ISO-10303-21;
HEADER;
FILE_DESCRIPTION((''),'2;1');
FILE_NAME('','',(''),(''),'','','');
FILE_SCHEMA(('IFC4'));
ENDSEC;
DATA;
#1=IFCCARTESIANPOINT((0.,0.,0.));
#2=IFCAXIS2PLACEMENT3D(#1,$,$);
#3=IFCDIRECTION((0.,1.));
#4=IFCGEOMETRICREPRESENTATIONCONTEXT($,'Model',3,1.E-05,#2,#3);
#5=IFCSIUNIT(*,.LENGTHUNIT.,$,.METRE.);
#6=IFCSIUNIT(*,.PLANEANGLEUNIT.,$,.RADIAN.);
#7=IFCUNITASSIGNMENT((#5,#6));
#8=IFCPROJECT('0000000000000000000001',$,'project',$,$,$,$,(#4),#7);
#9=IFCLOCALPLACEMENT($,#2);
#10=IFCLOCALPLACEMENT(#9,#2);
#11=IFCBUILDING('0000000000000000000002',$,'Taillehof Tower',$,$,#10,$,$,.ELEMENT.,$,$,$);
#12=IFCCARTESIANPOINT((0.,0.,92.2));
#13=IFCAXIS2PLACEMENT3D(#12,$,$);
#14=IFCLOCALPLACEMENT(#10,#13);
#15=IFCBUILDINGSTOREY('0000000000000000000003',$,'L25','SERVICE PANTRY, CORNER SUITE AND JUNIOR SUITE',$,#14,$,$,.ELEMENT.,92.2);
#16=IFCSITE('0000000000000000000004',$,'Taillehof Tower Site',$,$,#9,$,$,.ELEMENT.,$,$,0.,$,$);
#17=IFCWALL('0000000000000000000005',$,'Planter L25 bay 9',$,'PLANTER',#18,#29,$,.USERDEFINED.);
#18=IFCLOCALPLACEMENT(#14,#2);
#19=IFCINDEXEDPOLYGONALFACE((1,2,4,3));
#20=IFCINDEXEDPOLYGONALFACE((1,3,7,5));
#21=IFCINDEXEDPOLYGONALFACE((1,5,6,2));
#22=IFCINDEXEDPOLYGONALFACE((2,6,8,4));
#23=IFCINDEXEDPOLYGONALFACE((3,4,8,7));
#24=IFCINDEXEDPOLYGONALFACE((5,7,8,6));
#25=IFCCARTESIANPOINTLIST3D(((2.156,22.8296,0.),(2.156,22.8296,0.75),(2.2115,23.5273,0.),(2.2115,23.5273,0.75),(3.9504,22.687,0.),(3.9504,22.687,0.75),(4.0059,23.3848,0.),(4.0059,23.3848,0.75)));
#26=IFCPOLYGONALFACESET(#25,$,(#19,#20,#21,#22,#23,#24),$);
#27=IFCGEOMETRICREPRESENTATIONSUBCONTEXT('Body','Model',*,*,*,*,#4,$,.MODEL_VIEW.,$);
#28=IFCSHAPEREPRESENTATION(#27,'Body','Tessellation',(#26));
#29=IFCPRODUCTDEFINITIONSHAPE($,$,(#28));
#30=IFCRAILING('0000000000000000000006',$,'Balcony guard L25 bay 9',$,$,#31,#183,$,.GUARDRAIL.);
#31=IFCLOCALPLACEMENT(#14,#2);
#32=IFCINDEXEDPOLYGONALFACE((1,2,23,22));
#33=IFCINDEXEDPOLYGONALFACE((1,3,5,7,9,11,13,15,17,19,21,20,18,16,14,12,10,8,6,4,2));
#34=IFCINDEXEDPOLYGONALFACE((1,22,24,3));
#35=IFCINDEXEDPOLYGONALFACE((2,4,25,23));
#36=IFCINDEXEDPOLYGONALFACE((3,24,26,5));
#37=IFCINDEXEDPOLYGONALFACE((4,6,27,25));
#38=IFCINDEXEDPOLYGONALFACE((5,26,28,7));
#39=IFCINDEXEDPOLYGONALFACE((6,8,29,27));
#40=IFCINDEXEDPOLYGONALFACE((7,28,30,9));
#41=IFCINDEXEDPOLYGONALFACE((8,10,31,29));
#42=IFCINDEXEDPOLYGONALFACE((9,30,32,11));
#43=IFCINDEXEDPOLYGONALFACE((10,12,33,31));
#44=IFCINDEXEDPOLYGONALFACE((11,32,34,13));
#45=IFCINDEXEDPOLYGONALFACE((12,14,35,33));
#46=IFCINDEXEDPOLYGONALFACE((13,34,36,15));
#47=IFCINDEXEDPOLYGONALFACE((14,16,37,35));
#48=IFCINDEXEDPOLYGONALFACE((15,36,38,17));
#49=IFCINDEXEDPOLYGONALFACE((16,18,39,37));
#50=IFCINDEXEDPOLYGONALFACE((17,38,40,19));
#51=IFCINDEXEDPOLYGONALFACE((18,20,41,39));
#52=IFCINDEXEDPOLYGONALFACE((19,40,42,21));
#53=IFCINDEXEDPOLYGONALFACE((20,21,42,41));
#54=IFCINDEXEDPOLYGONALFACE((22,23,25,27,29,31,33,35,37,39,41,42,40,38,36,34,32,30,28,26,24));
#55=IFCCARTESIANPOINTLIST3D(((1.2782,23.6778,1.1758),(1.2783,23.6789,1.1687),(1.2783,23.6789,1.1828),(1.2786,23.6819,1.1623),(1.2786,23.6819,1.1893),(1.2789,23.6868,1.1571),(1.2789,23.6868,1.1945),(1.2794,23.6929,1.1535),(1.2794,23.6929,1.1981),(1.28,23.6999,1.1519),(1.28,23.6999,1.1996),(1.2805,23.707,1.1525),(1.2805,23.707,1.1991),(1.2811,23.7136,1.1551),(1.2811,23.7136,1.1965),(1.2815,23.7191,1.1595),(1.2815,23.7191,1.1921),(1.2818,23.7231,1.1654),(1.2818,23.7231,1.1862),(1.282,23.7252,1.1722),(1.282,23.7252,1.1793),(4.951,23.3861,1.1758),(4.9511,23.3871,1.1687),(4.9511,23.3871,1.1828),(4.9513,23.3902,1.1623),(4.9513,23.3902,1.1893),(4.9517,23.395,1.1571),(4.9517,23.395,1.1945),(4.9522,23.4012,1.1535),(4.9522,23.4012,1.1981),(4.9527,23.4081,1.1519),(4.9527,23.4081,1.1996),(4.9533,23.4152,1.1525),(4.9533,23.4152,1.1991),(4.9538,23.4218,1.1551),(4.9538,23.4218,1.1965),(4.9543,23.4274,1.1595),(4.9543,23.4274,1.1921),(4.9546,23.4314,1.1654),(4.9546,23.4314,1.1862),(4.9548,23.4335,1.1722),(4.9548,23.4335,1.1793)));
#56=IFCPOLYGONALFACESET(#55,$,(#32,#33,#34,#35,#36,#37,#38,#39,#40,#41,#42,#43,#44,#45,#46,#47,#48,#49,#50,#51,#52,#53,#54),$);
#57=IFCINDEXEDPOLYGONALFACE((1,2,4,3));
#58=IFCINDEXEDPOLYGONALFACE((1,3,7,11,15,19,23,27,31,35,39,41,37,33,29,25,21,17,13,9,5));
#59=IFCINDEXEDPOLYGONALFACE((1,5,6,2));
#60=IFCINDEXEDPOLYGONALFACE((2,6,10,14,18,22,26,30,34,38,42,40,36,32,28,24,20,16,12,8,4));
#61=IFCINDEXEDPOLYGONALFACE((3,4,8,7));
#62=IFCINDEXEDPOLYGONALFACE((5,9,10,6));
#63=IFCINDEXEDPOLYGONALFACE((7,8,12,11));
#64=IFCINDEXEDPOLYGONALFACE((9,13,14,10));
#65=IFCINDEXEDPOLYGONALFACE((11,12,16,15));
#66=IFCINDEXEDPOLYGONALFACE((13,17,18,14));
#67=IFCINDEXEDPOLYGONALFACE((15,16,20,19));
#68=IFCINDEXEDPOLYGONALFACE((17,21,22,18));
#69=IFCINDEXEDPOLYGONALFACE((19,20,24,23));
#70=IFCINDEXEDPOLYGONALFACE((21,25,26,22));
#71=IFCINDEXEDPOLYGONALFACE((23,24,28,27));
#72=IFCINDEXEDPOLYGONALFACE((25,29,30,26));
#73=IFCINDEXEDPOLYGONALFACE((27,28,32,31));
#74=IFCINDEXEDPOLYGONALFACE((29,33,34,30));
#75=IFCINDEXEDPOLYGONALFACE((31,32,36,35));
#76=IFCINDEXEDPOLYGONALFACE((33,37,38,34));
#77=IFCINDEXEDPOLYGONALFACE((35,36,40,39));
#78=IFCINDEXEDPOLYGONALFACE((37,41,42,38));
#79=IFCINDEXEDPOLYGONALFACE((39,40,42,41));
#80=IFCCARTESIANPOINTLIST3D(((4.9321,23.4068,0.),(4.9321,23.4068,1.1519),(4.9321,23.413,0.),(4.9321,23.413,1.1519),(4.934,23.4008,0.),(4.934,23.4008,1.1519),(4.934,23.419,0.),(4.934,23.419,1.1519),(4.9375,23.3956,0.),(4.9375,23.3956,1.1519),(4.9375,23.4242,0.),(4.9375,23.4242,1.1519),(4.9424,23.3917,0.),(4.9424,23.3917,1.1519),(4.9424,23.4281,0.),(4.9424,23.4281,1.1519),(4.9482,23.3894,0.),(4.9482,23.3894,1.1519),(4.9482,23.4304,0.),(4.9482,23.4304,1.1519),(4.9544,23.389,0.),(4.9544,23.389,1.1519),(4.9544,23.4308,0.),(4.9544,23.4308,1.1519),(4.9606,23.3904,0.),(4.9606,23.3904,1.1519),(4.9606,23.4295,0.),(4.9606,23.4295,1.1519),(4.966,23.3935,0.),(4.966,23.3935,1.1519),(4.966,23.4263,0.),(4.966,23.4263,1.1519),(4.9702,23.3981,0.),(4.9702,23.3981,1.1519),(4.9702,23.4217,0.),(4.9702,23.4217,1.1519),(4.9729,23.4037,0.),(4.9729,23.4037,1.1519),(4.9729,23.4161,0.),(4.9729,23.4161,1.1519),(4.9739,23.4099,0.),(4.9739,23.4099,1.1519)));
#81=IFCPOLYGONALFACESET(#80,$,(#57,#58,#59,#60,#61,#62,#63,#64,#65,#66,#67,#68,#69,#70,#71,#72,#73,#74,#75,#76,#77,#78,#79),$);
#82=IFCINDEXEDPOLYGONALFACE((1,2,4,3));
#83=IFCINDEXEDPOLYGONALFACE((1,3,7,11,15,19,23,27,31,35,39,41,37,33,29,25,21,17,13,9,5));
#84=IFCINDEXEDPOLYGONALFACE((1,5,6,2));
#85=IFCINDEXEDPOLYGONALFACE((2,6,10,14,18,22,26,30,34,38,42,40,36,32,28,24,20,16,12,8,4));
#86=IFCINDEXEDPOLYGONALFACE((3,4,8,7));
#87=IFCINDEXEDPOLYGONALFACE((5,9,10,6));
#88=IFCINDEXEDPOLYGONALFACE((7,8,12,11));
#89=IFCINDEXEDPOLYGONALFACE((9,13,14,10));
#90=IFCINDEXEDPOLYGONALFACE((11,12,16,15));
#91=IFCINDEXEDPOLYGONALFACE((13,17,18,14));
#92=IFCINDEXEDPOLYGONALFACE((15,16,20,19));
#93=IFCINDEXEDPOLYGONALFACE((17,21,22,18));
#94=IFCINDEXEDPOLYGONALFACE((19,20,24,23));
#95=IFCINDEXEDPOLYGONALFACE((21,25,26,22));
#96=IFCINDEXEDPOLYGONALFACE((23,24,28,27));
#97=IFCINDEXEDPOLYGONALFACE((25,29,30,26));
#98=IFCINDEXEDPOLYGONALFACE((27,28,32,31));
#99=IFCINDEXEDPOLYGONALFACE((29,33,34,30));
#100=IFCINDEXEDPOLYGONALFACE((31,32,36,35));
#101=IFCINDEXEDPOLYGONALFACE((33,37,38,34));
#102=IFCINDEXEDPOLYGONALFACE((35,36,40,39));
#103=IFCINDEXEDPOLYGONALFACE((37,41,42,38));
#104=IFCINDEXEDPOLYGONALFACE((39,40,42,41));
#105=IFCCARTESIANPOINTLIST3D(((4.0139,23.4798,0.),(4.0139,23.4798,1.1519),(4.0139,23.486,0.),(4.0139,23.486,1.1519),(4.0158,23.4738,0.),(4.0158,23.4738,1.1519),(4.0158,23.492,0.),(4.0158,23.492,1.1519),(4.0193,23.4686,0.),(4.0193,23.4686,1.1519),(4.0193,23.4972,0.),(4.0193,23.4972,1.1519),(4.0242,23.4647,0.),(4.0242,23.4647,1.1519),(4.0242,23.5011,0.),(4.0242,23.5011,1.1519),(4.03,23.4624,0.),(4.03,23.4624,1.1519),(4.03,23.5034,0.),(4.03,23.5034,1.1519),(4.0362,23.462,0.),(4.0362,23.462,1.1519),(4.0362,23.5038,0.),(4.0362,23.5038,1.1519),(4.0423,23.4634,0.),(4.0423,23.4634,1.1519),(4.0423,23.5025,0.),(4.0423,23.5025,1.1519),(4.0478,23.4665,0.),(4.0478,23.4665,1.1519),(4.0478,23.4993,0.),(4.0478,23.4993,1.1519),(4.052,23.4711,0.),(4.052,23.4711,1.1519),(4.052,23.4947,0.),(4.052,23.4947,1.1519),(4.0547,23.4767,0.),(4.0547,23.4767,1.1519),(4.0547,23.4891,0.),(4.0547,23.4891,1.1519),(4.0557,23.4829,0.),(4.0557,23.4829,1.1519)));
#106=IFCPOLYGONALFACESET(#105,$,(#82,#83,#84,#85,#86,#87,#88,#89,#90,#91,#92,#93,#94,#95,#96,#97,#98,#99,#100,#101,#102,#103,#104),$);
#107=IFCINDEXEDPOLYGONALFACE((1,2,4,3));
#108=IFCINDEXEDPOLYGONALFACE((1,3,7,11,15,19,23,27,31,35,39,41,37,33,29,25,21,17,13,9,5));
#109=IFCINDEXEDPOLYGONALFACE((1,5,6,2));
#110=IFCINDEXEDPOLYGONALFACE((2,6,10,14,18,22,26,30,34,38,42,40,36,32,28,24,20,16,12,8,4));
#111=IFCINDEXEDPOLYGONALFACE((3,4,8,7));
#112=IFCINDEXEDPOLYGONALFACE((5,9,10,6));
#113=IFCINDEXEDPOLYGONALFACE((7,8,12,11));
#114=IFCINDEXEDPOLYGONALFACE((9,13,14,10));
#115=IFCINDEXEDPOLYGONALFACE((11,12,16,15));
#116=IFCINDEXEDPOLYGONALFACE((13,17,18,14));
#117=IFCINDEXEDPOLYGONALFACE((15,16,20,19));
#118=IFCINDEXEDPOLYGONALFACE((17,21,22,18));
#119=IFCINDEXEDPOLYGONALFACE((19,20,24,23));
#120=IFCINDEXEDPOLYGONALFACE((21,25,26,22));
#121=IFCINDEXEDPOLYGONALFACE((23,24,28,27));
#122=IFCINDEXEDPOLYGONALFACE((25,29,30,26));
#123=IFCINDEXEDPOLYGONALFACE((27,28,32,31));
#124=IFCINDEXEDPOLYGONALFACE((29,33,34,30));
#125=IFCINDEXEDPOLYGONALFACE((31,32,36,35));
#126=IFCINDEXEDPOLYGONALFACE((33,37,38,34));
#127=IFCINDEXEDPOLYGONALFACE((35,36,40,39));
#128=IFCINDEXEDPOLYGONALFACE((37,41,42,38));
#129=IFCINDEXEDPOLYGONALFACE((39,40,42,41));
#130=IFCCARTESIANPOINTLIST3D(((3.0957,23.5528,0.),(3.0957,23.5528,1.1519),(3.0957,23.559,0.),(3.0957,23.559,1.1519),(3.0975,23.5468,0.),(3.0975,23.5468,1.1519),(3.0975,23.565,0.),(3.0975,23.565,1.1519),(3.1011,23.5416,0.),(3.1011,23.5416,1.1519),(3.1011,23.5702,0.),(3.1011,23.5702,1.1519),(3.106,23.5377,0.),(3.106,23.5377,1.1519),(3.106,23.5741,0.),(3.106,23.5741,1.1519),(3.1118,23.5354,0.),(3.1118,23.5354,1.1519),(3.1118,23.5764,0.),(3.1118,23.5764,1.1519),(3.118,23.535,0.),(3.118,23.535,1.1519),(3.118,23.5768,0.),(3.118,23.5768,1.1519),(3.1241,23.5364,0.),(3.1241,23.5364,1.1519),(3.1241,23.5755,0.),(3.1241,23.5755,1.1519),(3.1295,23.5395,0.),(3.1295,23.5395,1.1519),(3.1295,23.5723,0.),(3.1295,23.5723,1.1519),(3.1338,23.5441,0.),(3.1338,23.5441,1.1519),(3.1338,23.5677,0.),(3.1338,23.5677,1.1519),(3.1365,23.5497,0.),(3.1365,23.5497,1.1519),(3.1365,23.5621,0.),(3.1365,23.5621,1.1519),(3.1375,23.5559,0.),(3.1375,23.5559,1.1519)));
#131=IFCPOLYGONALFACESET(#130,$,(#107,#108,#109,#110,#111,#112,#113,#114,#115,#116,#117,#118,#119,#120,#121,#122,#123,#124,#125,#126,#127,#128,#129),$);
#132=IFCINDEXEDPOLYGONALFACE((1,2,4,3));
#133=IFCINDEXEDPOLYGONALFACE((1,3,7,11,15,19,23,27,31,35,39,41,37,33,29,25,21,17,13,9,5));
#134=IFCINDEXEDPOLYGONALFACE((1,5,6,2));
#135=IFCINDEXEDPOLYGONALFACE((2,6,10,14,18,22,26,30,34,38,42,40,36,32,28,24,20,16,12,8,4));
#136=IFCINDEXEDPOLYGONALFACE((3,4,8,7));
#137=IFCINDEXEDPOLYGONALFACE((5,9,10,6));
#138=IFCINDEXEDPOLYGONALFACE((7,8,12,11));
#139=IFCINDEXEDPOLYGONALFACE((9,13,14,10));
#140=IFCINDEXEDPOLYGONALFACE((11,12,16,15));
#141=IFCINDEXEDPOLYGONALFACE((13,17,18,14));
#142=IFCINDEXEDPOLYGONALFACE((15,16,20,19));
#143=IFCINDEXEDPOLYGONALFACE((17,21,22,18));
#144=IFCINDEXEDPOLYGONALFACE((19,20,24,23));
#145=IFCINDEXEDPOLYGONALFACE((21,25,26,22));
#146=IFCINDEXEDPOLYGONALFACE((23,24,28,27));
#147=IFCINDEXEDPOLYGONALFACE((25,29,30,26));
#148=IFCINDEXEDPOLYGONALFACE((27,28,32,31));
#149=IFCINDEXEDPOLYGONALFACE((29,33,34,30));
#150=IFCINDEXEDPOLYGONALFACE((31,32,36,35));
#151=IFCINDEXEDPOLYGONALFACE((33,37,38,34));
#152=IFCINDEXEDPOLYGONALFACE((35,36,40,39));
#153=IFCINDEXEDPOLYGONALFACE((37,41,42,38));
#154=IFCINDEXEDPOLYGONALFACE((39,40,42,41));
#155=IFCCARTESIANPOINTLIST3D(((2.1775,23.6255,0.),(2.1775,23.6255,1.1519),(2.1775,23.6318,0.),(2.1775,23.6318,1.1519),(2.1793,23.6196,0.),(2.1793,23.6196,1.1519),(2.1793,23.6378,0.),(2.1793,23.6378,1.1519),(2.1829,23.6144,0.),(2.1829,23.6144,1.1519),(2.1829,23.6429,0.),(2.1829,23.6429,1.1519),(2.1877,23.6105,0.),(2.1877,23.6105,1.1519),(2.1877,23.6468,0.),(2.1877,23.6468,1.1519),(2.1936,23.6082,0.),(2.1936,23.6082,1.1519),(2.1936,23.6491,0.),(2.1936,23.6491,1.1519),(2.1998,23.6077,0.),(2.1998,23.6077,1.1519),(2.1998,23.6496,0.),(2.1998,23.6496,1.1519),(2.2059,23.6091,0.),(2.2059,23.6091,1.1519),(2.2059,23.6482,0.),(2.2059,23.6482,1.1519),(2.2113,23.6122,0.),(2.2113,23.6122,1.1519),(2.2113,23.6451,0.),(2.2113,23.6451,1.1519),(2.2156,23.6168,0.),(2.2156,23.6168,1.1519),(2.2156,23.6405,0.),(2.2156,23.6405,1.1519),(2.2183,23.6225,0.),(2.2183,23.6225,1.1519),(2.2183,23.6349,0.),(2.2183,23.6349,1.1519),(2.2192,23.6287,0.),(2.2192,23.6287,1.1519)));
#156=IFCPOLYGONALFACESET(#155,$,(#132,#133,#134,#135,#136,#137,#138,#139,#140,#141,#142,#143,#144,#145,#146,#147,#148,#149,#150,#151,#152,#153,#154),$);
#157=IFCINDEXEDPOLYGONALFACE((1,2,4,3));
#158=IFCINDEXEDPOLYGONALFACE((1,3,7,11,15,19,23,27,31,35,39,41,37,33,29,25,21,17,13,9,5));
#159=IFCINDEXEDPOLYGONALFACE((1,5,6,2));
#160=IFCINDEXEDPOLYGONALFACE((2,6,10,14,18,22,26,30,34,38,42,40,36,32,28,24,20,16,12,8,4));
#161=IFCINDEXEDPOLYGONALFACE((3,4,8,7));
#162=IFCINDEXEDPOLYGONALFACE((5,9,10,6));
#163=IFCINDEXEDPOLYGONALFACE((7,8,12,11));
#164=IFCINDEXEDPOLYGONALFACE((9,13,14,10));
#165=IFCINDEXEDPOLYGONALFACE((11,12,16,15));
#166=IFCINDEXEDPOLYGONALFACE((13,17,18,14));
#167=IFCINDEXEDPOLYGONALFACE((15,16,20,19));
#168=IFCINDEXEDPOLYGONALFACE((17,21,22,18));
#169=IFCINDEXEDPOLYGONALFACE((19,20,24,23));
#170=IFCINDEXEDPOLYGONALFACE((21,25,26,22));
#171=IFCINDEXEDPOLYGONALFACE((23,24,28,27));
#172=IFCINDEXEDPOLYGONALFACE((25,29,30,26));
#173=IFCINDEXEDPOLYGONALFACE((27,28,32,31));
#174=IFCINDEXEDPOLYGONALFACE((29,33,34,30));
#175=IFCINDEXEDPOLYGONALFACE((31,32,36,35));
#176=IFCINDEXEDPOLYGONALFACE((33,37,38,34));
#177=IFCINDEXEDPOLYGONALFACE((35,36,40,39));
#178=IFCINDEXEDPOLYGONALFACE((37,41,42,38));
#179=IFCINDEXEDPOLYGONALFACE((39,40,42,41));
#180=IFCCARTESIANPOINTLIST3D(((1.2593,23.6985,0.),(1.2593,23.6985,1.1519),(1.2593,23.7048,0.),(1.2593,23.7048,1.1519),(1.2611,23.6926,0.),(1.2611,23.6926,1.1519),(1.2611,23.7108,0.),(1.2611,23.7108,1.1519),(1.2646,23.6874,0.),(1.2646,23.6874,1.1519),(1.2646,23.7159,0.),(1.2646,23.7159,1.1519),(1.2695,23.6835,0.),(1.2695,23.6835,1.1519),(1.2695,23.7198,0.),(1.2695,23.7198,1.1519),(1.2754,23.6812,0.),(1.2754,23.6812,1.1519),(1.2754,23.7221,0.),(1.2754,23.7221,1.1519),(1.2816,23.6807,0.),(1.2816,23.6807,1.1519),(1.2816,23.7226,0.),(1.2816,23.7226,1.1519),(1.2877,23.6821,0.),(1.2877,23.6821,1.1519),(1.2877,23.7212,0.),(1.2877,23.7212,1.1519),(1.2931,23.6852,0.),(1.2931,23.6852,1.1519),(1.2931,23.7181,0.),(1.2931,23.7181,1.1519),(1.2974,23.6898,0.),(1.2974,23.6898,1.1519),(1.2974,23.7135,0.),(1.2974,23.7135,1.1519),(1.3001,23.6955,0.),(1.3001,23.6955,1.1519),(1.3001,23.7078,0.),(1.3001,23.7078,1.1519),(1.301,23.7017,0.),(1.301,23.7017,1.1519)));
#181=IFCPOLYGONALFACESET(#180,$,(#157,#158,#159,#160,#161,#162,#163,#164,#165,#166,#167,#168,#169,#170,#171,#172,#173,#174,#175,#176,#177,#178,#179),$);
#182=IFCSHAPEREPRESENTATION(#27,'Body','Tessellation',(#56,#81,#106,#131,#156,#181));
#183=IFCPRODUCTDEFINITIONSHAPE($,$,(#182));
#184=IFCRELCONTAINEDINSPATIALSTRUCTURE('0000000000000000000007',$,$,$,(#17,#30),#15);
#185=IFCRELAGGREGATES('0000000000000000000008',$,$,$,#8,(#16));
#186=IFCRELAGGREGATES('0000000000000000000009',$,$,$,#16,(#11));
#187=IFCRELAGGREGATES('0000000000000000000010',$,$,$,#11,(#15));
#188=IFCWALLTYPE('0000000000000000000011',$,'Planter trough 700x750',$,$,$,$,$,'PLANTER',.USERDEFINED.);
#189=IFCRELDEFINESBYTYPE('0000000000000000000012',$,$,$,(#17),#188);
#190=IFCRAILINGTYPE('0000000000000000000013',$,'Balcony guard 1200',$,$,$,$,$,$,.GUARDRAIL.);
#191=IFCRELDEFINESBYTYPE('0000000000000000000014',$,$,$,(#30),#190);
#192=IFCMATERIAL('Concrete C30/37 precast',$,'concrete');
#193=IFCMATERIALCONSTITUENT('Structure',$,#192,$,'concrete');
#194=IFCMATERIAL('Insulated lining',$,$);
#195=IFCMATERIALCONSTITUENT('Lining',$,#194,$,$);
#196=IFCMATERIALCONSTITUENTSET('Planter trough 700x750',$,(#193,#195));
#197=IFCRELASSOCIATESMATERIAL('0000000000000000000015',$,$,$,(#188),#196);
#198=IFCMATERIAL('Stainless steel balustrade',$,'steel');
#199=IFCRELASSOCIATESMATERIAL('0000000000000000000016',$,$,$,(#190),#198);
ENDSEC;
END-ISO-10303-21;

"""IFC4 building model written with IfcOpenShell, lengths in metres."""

from ifc_helpers import new_model, si_unit, direction, frame, frame_2d, origin, origin_2d, place, context, subcontext, project, spatial, rectangle, circle, extrude, material, constituent, constituent_set, type_object, element, save


model = new_model("IFC4")

# Units and contexts
model_context = context("Model", 3, precision=1e-05, world=origin(), true_north=direction((0.0, 1.0)))
body_context = subcontext(model_context, "Body", "Model", "MODEL_VIEW")
ifc_project = project(units=[si_unit("LENGTHUNIT", "METRE"), si_unit("PLANEANGLEUNIT", "RADIAN")], contexts=[model_context])

# Site, building, storey
site_placement = place(None, origin())
site = spatial("IfcSite", under=ifc_project, at=site_placement, Name="Taillehof Tower Site", CompositionType="ELEMENT", RefElevation=0.0)
building_placement = place(site_placement, origin())
building = spatial("IfcBuilding", under=site, at=building_placement, Name="Taillehof Tower", CompositionType="ELEMENT")
storey_placement = place(building_placement, frame((0.0, 0.0, 92.2)))
storey = spatial("IfcBuildingStorey", under=building, at=storey_placement, Name="L25", Description="SERVICE PANTRY, CORNER SUITE AND JUNIOR SUITE", CompositionType="ELEMENT", Elevation=92.2)

# Wall
ifc_material_1 = material(Name="Concrete C30/37 precast", Category="concrete")
ifc_constituent_1 = constituent(ifc_material_1, Name="Structure", Category="concrete")
ifc_material_2 = material(Name="Insulated lining")
ifc_constituent_2 = constituent(ifc_material_2, Name="Lining")
ifc_constituent_set = constituent_set(constituents=[ifc_constituent_1, ifc_constituent_2], Name="Planter trough 700x750")
wall_type_1 = type_object("IfcWallType", Name="Planter trough 700x750", ElementType="PLANTER", PredefinedType="USERDEFINED", material=ifc_constituent_set)
wall_1_placement = place(storey_placement, frame((3.978, 23.0359, 0.0), z_axis=(0.0, 0.0, 1.0), x_axis=(-0.996858, 0.079206, 0.0)))
element("IfcWall", 1, at=wall_1_placement, inside=storey, type_object=wall_type_1, Name="Planter L25 bay 9", ObjectType="PLANTER", PredefinedType="USERDEFINED", context=body_context, shape_type="SweptSolid", body=[
    extrude(rectangle(XDim=1.8, YDim=0.7, at=frame_2d((0.8999, 0.0))), origin(), (0.0, 0.0, 1.0), 0.75),
])

# Railing
ifc_material_3 = material(Name="Stainless steel balustrade", Category="steel")
railing_type = type_object("IfcRailingType", Name="Balcony guard 1200", PredefinedType="GUARDRAIL", material=ifc_material_3)
railing_1_placement = place(storey_placement, frame((4.9529, 23.4099, 0.0)))
element("IfcRailing", 2, at=railing_1_placement, inside=storey, type_object=railing_type, Name="Balcony guard L25 bay 9", PredefinedType="GUARDRAIL", context=body_context, shape_type="SweptSolid", body=[
    extrude(circle(Radius=0.0239, at=origin_2d()), frame((0.0, 0.0, 1.1758), z_axis=(-0.99686, 0.079184, 0.0), x_axis=(-0.079184, -0.99686, 0.0)), (0.0, 0.0, 1.0), 3.6843),
    extrude(circle(Radius=0.021, at=origin_2d()), origin(), (0.0, 0.0, 1.0), 1.1519),
    extrude(circle(Radius=0.021, at=origin_2d()), frame((-0.9182, 0.073, 0.0)), (0.0, 0.0, 1.0), 1.1519),
    extrude(circle(Radius=0.021, at=origin_2d()), frame((-1.8364, 0.146, 0.0)), (0.0, 0.0, 1.0), 1.1519),
    extrude(circle(Radius=0.021, at=origin_2d()), frame((-2.7546, 0.2188, 0.0)), (0.0, 0.0, 1.0), 1.1519),
    extrude(circle(Radius=0.021, at=origin_2d()), frame((-3.6729, 0.2917, 0.0)), (0.0, 0.0, 1.0), 1.1519),
])

save(model, "model.ifc")
